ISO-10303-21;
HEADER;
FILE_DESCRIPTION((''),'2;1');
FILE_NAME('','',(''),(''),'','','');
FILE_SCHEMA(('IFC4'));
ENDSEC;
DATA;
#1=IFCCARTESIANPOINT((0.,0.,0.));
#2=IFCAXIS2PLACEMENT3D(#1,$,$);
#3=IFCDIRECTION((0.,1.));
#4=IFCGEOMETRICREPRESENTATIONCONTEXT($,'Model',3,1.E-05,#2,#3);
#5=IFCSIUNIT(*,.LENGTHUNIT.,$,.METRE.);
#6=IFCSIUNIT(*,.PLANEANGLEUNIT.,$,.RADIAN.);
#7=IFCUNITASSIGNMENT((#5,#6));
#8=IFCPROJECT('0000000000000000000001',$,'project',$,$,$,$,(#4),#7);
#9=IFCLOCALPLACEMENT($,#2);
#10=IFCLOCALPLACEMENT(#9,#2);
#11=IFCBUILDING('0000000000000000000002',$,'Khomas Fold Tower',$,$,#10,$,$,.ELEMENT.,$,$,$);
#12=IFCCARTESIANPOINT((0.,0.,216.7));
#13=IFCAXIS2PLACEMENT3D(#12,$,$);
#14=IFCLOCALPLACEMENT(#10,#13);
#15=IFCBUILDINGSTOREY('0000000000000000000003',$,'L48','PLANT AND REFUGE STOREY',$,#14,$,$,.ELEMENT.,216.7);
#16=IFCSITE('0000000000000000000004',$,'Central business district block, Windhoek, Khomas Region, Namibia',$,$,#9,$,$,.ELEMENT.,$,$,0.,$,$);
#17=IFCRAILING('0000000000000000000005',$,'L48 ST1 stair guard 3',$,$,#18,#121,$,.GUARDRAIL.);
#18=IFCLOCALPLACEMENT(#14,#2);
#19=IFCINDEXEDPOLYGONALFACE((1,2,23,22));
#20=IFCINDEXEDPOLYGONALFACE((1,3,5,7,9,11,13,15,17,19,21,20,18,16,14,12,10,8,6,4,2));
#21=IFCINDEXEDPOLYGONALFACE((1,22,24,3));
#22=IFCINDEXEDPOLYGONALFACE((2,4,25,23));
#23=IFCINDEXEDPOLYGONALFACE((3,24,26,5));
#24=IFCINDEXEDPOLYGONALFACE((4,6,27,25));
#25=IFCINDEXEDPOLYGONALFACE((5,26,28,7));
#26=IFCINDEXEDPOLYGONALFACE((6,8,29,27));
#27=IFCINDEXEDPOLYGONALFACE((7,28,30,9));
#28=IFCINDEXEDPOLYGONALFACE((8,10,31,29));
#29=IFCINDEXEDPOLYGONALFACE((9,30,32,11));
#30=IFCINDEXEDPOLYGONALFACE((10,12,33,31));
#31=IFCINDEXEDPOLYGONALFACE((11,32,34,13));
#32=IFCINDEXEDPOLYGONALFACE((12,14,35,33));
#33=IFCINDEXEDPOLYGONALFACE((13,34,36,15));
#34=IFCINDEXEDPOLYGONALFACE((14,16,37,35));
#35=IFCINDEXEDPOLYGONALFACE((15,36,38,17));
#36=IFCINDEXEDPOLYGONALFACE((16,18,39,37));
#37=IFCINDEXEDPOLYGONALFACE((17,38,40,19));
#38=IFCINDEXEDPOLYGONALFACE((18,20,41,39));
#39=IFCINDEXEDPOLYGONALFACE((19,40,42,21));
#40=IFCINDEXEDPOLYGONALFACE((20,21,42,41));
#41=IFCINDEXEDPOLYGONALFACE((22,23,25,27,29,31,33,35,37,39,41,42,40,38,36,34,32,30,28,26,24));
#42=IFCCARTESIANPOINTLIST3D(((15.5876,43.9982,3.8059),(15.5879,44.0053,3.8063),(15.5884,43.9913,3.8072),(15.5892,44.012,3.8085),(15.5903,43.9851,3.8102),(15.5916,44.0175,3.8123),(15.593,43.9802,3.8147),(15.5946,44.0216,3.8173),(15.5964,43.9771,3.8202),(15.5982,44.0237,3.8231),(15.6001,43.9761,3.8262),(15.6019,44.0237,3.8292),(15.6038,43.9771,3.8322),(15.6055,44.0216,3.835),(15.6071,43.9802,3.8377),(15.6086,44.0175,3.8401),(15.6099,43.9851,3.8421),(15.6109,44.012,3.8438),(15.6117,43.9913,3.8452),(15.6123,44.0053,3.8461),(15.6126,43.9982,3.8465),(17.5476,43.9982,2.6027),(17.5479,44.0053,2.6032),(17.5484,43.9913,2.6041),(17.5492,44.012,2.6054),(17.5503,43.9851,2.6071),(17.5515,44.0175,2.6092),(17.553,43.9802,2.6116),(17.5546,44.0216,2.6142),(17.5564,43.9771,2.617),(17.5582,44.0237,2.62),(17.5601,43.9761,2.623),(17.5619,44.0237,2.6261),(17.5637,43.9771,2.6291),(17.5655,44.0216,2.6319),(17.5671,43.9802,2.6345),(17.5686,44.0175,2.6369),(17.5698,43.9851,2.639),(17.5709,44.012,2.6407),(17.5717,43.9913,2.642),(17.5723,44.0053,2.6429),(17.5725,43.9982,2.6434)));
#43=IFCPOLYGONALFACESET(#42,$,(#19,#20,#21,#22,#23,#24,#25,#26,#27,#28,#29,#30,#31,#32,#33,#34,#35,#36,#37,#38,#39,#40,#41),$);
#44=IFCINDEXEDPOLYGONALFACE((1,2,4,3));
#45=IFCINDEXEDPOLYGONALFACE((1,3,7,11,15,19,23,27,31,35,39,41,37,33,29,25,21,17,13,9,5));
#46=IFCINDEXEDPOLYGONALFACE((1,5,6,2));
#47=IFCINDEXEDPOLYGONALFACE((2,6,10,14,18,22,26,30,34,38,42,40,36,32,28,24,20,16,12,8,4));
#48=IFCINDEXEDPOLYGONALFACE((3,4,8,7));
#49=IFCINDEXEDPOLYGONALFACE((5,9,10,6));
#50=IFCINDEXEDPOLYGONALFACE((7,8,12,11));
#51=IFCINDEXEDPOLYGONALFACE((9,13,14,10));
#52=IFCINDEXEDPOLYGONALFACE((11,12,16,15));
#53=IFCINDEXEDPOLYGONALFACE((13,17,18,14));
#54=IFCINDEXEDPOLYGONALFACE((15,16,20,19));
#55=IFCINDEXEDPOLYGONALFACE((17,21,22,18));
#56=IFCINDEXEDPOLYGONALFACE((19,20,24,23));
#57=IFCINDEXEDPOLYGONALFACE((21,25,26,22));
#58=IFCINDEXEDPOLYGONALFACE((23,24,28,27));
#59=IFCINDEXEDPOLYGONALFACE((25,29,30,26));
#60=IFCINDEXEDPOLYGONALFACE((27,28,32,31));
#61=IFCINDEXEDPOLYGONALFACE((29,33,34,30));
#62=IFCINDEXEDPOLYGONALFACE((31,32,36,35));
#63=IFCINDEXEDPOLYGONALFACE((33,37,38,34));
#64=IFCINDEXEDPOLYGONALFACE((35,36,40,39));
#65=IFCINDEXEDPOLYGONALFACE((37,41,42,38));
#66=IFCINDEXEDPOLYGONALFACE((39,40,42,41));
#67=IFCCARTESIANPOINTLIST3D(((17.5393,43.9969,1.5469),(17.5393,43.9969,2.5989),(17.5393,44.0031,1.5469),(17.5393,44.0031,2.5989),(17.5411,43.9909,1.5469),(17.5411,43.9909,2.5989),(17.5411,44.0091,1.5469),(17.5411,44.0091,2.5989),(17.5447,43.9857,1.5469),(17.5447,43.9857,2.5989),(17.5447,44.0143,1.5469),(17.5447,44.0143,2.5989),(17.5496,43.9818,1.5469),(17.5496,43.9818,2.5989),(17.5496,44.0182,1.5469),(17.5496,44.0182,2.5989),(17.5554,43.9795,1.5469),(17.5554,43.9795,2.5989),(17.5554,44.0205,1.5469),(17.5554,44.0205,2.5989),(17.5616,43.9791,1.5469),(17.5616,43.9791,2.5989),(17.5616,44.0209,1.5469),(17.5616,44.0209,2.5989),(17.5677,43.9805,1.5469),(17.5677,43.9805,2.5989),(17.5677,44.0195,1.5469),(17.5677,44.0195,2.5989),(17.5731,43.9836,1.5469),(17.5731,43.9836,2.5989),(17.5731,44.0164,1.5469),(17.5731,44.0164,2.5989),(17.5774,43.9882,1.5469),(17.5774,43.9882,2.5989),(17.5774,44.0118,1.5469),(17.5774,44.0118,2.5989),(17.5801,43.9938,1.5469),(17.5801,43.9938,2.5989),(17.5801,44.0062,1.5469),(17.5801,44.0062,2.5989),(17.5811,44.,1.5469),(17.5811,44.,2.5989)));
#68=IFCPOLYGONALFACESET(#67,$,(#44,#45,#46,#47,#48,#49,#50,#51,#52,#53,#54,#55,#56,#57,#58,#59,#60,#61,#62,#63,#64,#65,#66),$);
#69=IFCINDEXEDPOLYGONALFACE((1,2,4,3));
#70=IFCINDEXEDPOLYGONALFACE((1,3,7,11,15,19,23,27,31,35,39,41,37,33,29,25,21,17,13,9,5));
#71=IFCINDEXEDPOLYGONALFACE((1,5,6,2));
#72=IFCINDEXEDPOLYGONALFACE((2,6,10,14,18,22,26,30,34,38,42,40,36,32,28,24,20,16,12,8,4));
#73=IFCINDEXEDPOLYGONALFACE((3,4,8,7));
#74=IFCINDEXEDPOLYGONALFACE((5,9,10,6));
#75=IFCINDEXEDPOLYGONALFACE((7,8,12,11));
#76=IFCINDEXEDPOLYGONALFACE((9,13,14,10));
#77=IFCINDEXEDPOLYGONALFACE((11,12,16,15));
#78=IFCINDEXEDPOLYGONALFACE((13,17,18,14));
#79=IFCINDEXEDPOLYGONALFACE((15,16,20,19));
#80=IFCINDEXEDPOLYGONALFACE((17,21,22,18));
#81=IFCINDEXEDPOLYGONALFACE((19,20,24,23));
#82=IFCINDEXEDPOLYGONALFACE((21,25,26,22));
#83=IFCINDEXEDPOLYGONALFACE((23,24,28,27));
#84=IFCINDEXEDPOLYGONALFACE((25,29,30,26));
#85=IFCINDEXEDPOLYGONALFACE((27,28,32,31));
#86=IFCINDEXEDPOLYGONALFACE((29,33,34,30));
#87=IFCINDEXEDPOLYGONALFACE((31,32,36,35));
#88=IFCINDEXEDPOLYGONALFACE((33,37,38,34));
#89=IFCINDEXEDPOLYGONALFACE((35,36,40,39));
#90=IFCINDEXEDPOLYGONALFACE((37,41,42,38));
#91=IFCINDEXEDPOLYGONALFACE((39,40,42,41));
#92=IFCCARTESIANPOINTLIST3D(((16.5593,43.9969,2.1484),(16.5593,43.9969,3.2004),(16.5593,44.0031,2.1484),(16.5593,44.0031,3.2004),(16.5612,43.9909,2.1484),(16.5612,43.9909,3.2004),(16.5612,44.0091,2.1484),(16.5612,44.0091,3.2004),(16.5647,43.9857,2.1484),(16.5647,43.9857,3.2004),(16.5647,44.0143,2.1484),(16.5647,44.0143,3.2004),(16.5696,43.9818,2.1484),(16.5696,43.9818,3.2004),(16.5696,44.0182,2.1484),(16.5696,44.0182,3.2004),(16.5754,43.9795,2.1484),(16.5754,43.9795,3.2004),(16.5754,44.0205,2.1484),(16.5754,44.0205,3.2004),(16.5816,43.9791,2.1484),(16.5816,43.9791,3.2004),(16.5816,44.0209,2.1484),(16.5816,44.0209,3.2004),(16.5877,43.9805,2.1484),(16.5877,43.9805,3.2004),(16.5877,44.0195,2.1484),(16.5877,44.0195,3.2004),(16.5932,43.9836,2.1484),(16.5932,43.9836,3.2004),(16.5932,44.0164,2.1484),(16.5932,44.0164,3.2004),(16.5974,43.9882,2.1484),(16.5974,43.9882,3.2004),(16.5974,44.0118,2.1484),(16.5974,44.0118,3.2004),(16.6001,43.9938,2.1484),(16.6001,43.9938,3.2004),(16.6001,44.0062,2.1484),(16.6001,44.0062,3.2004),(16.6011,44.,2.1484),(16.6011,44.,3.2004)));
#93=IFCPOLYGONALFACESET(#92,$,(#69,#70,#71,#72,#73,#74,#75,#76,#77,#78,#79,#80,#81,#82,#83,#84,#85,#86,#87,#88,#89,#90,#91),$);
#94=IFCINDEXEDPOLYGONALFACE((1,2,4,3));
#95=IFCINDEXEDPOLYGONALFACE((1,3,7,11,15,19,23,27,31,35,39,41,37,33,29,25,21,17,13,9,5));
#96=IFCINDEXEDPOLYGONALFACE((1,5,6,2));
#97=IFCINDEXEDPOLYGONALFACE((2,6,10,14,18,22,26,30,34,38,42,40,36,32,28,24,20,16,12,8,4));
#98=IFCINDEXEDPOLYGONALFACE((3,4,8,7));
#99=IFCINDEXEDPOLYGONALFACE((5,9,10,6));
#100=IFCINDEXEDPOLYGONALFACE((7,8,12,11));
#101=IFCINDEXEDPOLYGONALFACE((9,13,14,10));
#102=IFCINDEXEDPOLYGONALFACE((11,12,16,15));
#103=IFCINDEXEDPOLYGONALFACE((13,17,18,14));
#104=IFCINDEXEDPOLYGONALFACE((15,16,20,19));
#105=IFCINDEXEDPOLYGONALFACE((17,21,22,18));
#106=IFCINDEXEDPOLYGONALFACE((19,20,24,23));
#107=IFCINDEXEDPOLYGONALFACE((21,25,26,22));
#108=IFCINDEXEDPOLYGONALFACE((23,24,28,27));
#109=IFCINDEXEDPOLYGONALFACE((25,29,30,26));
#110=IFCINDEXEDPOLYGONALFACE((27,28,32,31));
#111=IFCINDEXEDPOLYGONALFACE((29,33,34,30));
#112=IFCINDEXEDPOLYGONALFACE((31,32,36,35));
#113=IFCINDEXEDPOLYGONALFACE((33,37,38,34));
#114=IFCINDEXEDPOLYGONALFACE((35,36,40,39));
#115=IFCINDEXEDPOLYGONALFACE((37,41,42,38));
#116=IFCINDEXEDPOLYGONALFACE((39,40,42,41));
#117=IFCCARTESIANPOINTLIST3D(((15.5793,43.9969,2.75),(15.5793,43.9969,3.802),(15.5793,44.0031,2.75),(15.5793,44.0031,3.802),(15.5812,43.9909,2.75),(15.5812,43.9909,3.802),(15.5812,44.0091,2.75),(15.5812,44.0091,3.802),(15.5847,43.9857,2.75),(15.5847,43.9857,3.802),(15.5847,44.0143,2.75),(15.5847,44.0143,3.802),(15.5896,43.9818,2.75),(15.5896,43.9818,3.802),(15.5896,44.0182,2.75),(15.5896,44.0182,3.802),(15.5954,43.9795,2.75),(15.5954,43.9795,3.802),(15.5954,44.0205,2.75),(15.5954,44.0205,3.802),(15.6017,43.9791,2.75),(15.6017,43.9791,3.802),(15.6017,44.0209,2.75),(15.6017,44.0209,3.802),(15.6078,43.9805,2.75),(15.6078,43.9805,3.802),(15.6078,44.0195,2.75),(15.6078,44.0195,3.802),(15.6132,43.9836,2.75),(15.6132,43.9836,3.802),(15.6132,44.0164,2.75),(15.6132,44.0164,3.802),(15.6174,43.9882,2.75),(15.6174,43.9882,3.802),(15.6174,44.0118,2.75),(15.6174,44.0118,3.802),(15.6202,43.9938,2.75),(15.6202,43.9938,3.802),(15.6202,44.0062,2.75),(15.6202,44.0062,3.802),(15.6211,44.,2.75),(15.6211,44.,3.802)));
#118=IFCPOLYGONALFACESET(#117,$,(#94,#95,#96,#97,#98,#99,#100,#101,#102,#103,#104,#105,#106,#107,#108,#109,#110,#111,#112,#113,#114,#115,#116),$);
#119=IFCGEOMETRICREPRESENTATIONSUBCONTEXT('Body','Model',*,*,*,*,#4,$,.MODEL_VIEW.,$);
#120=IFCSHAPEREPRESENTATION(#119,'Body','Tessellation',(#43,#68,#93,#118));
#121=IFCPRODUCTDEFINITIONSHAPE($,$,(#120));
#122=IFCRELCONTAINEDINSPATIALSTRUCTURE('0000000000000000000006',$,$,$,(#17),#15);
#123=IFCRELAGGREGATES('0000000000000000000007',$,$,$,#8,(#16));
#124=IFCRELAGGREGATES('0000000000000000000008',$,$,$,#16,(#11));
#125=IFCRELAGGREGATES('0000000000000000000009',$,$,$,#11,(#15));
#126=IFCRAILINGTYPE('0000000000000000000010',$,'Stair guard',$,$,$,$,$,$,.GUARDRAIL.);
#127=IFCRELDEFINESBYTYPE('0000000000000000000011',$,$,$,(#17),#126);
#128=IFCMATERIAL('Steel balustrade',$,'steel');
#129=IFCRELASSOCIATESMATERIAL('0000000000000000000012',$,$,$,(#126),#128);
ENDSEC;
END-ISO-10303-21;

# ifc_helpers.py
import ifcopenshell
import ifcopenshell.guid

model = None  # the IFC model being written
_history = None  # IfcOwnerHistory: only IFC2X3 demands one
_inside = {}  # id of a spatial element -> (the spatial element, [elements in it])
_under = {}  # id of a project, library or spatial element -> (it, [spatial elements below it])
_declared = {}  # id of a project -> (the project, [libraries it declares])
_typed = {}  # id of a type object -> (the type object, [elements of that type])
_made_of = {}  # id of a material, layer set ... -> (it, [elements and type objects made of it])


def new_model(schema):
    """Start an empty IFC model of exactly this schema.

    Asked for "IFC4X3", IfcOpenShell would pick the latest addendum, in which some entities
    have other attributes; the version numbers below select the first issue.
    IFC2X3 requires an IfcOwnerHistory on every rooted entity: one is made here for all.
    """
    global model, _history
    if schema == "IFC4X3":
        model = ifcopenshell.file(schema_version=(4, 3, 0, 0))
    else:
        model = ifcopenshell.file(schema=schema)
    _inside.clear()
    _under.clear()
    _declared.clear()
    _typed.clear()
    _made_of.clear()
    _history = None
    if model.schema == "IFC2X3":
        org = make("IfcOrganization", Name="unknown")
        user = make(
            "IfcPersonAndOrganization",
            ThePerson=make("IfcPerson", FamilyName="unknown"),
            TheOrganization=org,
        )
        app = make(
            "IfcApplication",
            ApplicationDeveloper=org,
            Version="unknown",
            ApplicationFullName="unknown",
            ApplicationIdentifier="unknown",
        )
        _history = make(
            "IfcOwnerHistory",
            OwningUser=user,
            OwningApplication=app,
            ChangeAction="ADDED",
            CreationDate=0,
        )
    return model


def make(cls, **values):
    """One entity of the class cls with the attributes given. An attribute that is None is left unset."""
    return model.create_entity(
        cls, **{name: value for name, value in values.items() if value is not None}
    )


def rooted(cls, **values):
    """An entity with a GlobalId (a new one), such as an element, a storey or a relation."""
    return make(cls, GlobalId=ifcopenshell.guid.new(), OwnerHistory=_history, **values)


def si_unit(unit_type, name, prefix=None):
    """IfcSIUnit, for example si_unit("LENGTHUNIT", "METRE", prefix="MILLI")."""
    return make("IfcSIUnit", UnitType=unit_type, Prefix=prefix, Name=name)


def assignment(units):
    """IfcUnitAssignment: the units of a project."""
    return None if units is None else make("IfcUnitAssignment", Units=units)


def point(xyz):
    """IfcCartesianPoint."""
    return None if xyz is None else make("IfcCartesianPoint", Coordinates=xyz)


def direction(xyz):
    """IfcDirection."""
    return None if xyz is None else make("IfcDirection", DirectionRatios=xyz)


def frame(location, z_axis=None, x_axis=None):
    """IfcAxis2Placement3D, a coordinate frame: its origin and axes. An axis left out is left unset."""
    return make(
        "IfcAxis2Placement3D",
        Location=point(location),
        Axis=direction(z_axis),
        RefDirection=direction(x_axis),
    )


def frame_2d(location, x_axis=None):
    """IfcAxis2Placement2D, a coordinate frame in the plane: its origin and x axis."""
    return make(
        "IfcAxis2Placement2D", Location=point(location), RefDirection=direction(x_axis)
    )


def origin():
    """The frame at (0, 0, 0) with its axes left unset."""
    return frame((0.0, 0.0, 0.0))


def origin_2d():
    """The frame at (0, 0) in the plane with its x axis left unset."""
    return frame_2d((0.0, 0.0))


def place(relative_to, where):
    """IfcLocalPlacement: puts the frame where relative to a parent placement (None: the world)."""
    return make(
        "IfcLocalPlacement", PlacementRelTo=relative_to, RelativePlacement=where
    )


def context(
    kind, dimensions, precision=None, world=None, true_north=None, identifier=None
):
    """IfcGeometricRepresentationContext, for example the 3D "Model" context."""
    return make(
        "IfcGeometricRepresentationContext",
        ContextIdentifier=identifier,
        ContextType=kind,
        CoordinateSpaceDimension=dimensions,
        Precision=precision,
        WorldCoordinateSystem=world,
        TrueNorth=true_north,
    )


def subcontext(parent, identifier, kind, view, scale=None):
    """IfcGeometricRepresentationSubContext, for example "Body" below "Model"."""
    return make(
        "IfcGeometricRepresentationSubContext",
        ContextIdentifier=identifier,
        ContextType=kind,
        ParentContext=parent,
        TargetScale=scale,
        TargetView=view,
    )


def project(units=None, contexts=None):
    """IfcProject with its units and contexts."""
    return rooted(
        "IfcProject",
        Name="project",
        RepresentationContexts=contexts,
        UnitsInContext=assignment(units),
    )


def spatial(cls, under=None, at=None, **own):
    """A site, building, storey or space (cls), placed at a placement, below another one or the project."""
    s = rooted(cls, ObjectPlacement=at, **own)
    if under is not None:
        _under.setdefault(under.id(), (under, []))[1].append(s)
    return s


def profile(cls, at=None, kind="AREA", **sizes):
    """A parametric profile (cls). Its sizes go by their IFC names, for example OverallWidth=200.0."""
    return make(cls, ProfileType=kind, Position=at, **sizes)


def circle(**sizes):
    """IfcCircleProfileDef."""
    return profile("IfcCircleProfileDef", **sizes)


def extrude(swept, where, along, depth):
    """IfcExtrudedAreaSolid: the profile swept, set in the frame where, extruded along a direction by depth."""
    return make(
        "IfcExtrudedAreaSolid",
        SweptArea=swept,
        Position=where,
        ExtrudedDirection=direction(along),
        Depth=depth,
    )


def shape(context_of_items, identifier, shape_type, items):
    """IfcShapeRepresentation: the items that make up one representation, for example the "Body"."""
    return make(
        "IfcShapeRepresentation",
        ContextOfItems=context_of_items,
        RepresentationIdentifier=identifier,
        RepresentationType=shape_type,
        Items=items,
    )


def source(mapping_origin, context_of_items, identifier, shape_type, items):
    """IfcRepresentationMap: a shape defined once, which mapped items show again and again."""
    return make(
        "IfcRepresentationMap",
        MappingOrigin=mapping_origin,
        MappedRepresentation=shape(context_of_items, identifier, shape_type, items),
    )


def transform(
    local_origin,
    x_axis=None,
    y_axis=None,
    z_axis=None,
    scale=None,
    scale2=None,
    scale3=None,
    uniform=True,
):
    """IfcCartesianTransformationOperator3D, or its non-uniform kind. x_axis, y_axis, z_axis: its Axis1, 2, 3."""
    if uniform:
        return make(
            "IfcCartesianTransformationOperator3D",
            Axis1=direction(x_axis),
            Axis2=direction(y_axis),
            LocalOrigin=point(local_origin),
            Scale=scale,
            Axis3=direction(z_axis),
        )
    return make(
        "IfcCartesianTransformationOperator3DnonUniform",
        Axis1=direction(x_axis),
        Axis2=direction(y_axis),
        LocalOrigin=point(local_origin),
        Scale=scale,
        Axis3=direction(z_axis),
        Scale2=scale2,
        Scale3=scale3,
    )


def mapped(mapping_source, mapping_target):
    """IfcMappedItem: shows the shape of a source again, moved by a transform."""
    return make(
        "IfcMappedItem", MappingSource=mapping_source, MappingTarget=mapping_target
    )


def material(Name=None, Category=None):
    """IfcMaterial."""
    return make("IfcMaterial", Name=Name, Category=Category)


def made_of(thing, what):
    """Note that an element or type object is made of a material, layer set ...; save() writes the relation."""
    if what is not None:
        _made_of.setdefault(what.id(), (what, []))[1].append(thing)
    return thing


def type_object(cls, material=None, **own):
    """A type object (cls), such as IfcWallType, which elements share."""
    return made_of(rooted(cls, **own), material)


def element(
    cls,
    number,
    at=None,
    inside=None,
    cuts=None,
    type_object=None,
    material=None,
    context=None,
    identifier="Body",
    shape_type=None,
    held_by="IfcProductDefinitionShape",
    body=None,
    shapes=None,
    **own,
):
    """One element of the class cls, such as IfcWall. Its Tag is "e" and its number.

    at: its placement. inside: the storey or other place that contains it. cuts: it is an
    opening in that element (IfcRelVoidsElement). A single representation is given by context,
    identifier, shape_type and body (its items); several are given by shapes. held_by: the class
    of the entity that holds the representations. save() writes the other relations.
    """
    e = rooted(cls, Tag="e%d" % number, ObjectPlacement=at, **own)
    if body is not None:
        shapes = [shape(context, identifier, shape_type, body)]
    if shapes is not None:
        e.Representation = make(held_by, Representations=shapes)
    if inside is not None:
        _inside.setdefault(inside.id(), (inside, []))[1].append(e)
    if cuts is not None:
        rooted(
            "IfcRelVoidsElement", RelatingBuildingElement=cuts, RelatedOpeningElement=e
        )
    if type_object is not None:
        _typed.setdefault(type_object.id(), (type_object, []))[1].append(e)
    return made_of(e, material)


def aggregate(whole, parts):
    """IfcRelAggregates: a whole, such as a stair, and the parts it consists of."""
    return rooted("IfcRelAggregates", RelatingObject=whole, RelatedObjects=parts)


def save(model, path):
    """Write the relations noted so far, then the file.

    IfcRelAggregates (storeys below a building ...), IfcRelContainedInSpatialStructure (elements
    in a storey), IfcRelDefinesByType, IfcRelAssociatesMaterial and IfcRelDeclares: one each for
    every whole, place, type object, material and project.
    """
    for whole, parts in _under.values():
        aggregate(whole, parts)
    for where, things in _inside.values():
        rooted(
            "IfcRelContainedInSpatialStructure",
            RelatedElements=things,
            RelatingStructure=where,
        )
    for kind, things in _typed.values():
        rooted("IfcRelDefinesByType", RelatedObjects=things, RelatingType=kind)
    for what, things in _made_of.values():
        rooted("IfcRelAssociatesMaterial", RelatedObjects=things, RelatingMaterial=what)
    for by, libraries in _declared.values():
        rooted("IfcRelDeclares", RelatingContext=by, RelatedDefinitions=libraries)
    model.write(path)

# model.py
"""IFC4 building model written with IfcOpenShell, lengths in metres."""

from ifc_helpers import new_model, si_unit, direction, frame, origin, origin_2d, place, context, subcontext, project, spatial, circle, extrude, source, transform, mapped, material, type_object, element, save


model = new_model("IFC4")

# Units and contexts
model_context = context("Model", 3, precision=1e-05, world=origin(), true_north=direction((0.0, 1.0)))
body_context = subcontext(model_context, "Body", "Model", "MODEL_VIEW")
ifc_project = project(units=[si_unit("LENGTHUNIT", "METRE"), si_unit("PLANEANGLEUNIT", "RADIAN")], contexts=[model_context])

# Site, building, storey
site_placement = place(None, origin())
site = spatial("IfcSite", under=ifc_project, at=site_placement, Name="Central business district block, Windhoek, Khomas Region, Namibia", CompositionType="ELEMENT", RefElevation=0.0)
building_placement = place(site_placement, origin())
building = spatial("IfcBuilding", under=site, at=building_placement, Name="Khomas Fold Tower", CompositionType="ELEMENT")
storey_placement = place(building_placement, frame((0.0, 0.0, 216.7)))
storey = spatial("IfcBuildingStorey", under=building, at=storey_placement, Name="L48", Description="PLANT AND REFUGE STOREY", CompositionType="ELEMENT", Elevation=216.7)

# Railing
ifc_material_1 = material(Name="Steel balustrade", Category="steel")
railing_type = type_object("IfcRailingType", Name="Stair guard", PredefinedType="GUARDRAIL", material=ifc_material_1)
shared_shape_1 = source(origin(), body_context, "Body", "SweptSolid", [
    extrude(circle(Radius=0.0239, at=origin_2d()), frame((0.0, 0.0, 1.0762), z_axis=(-0.852241, 0.0, 0.523149), x_axis=(0.0, -1.0, 0.0)), (0.0, 0.0, 1.0), 2.2998),
    extrude(circle(Radius=0.021, at=origin_2d()), origin(), (0.0, 0.0, 1.0), 1.052),
    extrude(circle(Radius=0.021, at=origin_2d()), frame((-0.98, 0.0, 0.6016)), (0.0, 0.0, 1.0), 1.052),
    extrude(circle(Radius=0.021, at=origin_2d()), frame((-1.96, 0.0, 1.2031)), (0.0, 0.0, 1.0), 1.052),
])
for number, where, name in (
    (1, (17.5601, 44.0, 1.5469), "L48 ST1 stair guard 3"),
):
    element("IfcRailing", number, at=place(storey_placement, frame(where)), inside=storey, type_object=railing_type, Name=name, PredefinedType="GUARDRAIL", context=body_context, shape_type="MappedRepresentation", body=[
        mapped(shared_shape_1, transform((0.0, 0.0, 0.0))),
    ])

save(model, "model.ifc")
